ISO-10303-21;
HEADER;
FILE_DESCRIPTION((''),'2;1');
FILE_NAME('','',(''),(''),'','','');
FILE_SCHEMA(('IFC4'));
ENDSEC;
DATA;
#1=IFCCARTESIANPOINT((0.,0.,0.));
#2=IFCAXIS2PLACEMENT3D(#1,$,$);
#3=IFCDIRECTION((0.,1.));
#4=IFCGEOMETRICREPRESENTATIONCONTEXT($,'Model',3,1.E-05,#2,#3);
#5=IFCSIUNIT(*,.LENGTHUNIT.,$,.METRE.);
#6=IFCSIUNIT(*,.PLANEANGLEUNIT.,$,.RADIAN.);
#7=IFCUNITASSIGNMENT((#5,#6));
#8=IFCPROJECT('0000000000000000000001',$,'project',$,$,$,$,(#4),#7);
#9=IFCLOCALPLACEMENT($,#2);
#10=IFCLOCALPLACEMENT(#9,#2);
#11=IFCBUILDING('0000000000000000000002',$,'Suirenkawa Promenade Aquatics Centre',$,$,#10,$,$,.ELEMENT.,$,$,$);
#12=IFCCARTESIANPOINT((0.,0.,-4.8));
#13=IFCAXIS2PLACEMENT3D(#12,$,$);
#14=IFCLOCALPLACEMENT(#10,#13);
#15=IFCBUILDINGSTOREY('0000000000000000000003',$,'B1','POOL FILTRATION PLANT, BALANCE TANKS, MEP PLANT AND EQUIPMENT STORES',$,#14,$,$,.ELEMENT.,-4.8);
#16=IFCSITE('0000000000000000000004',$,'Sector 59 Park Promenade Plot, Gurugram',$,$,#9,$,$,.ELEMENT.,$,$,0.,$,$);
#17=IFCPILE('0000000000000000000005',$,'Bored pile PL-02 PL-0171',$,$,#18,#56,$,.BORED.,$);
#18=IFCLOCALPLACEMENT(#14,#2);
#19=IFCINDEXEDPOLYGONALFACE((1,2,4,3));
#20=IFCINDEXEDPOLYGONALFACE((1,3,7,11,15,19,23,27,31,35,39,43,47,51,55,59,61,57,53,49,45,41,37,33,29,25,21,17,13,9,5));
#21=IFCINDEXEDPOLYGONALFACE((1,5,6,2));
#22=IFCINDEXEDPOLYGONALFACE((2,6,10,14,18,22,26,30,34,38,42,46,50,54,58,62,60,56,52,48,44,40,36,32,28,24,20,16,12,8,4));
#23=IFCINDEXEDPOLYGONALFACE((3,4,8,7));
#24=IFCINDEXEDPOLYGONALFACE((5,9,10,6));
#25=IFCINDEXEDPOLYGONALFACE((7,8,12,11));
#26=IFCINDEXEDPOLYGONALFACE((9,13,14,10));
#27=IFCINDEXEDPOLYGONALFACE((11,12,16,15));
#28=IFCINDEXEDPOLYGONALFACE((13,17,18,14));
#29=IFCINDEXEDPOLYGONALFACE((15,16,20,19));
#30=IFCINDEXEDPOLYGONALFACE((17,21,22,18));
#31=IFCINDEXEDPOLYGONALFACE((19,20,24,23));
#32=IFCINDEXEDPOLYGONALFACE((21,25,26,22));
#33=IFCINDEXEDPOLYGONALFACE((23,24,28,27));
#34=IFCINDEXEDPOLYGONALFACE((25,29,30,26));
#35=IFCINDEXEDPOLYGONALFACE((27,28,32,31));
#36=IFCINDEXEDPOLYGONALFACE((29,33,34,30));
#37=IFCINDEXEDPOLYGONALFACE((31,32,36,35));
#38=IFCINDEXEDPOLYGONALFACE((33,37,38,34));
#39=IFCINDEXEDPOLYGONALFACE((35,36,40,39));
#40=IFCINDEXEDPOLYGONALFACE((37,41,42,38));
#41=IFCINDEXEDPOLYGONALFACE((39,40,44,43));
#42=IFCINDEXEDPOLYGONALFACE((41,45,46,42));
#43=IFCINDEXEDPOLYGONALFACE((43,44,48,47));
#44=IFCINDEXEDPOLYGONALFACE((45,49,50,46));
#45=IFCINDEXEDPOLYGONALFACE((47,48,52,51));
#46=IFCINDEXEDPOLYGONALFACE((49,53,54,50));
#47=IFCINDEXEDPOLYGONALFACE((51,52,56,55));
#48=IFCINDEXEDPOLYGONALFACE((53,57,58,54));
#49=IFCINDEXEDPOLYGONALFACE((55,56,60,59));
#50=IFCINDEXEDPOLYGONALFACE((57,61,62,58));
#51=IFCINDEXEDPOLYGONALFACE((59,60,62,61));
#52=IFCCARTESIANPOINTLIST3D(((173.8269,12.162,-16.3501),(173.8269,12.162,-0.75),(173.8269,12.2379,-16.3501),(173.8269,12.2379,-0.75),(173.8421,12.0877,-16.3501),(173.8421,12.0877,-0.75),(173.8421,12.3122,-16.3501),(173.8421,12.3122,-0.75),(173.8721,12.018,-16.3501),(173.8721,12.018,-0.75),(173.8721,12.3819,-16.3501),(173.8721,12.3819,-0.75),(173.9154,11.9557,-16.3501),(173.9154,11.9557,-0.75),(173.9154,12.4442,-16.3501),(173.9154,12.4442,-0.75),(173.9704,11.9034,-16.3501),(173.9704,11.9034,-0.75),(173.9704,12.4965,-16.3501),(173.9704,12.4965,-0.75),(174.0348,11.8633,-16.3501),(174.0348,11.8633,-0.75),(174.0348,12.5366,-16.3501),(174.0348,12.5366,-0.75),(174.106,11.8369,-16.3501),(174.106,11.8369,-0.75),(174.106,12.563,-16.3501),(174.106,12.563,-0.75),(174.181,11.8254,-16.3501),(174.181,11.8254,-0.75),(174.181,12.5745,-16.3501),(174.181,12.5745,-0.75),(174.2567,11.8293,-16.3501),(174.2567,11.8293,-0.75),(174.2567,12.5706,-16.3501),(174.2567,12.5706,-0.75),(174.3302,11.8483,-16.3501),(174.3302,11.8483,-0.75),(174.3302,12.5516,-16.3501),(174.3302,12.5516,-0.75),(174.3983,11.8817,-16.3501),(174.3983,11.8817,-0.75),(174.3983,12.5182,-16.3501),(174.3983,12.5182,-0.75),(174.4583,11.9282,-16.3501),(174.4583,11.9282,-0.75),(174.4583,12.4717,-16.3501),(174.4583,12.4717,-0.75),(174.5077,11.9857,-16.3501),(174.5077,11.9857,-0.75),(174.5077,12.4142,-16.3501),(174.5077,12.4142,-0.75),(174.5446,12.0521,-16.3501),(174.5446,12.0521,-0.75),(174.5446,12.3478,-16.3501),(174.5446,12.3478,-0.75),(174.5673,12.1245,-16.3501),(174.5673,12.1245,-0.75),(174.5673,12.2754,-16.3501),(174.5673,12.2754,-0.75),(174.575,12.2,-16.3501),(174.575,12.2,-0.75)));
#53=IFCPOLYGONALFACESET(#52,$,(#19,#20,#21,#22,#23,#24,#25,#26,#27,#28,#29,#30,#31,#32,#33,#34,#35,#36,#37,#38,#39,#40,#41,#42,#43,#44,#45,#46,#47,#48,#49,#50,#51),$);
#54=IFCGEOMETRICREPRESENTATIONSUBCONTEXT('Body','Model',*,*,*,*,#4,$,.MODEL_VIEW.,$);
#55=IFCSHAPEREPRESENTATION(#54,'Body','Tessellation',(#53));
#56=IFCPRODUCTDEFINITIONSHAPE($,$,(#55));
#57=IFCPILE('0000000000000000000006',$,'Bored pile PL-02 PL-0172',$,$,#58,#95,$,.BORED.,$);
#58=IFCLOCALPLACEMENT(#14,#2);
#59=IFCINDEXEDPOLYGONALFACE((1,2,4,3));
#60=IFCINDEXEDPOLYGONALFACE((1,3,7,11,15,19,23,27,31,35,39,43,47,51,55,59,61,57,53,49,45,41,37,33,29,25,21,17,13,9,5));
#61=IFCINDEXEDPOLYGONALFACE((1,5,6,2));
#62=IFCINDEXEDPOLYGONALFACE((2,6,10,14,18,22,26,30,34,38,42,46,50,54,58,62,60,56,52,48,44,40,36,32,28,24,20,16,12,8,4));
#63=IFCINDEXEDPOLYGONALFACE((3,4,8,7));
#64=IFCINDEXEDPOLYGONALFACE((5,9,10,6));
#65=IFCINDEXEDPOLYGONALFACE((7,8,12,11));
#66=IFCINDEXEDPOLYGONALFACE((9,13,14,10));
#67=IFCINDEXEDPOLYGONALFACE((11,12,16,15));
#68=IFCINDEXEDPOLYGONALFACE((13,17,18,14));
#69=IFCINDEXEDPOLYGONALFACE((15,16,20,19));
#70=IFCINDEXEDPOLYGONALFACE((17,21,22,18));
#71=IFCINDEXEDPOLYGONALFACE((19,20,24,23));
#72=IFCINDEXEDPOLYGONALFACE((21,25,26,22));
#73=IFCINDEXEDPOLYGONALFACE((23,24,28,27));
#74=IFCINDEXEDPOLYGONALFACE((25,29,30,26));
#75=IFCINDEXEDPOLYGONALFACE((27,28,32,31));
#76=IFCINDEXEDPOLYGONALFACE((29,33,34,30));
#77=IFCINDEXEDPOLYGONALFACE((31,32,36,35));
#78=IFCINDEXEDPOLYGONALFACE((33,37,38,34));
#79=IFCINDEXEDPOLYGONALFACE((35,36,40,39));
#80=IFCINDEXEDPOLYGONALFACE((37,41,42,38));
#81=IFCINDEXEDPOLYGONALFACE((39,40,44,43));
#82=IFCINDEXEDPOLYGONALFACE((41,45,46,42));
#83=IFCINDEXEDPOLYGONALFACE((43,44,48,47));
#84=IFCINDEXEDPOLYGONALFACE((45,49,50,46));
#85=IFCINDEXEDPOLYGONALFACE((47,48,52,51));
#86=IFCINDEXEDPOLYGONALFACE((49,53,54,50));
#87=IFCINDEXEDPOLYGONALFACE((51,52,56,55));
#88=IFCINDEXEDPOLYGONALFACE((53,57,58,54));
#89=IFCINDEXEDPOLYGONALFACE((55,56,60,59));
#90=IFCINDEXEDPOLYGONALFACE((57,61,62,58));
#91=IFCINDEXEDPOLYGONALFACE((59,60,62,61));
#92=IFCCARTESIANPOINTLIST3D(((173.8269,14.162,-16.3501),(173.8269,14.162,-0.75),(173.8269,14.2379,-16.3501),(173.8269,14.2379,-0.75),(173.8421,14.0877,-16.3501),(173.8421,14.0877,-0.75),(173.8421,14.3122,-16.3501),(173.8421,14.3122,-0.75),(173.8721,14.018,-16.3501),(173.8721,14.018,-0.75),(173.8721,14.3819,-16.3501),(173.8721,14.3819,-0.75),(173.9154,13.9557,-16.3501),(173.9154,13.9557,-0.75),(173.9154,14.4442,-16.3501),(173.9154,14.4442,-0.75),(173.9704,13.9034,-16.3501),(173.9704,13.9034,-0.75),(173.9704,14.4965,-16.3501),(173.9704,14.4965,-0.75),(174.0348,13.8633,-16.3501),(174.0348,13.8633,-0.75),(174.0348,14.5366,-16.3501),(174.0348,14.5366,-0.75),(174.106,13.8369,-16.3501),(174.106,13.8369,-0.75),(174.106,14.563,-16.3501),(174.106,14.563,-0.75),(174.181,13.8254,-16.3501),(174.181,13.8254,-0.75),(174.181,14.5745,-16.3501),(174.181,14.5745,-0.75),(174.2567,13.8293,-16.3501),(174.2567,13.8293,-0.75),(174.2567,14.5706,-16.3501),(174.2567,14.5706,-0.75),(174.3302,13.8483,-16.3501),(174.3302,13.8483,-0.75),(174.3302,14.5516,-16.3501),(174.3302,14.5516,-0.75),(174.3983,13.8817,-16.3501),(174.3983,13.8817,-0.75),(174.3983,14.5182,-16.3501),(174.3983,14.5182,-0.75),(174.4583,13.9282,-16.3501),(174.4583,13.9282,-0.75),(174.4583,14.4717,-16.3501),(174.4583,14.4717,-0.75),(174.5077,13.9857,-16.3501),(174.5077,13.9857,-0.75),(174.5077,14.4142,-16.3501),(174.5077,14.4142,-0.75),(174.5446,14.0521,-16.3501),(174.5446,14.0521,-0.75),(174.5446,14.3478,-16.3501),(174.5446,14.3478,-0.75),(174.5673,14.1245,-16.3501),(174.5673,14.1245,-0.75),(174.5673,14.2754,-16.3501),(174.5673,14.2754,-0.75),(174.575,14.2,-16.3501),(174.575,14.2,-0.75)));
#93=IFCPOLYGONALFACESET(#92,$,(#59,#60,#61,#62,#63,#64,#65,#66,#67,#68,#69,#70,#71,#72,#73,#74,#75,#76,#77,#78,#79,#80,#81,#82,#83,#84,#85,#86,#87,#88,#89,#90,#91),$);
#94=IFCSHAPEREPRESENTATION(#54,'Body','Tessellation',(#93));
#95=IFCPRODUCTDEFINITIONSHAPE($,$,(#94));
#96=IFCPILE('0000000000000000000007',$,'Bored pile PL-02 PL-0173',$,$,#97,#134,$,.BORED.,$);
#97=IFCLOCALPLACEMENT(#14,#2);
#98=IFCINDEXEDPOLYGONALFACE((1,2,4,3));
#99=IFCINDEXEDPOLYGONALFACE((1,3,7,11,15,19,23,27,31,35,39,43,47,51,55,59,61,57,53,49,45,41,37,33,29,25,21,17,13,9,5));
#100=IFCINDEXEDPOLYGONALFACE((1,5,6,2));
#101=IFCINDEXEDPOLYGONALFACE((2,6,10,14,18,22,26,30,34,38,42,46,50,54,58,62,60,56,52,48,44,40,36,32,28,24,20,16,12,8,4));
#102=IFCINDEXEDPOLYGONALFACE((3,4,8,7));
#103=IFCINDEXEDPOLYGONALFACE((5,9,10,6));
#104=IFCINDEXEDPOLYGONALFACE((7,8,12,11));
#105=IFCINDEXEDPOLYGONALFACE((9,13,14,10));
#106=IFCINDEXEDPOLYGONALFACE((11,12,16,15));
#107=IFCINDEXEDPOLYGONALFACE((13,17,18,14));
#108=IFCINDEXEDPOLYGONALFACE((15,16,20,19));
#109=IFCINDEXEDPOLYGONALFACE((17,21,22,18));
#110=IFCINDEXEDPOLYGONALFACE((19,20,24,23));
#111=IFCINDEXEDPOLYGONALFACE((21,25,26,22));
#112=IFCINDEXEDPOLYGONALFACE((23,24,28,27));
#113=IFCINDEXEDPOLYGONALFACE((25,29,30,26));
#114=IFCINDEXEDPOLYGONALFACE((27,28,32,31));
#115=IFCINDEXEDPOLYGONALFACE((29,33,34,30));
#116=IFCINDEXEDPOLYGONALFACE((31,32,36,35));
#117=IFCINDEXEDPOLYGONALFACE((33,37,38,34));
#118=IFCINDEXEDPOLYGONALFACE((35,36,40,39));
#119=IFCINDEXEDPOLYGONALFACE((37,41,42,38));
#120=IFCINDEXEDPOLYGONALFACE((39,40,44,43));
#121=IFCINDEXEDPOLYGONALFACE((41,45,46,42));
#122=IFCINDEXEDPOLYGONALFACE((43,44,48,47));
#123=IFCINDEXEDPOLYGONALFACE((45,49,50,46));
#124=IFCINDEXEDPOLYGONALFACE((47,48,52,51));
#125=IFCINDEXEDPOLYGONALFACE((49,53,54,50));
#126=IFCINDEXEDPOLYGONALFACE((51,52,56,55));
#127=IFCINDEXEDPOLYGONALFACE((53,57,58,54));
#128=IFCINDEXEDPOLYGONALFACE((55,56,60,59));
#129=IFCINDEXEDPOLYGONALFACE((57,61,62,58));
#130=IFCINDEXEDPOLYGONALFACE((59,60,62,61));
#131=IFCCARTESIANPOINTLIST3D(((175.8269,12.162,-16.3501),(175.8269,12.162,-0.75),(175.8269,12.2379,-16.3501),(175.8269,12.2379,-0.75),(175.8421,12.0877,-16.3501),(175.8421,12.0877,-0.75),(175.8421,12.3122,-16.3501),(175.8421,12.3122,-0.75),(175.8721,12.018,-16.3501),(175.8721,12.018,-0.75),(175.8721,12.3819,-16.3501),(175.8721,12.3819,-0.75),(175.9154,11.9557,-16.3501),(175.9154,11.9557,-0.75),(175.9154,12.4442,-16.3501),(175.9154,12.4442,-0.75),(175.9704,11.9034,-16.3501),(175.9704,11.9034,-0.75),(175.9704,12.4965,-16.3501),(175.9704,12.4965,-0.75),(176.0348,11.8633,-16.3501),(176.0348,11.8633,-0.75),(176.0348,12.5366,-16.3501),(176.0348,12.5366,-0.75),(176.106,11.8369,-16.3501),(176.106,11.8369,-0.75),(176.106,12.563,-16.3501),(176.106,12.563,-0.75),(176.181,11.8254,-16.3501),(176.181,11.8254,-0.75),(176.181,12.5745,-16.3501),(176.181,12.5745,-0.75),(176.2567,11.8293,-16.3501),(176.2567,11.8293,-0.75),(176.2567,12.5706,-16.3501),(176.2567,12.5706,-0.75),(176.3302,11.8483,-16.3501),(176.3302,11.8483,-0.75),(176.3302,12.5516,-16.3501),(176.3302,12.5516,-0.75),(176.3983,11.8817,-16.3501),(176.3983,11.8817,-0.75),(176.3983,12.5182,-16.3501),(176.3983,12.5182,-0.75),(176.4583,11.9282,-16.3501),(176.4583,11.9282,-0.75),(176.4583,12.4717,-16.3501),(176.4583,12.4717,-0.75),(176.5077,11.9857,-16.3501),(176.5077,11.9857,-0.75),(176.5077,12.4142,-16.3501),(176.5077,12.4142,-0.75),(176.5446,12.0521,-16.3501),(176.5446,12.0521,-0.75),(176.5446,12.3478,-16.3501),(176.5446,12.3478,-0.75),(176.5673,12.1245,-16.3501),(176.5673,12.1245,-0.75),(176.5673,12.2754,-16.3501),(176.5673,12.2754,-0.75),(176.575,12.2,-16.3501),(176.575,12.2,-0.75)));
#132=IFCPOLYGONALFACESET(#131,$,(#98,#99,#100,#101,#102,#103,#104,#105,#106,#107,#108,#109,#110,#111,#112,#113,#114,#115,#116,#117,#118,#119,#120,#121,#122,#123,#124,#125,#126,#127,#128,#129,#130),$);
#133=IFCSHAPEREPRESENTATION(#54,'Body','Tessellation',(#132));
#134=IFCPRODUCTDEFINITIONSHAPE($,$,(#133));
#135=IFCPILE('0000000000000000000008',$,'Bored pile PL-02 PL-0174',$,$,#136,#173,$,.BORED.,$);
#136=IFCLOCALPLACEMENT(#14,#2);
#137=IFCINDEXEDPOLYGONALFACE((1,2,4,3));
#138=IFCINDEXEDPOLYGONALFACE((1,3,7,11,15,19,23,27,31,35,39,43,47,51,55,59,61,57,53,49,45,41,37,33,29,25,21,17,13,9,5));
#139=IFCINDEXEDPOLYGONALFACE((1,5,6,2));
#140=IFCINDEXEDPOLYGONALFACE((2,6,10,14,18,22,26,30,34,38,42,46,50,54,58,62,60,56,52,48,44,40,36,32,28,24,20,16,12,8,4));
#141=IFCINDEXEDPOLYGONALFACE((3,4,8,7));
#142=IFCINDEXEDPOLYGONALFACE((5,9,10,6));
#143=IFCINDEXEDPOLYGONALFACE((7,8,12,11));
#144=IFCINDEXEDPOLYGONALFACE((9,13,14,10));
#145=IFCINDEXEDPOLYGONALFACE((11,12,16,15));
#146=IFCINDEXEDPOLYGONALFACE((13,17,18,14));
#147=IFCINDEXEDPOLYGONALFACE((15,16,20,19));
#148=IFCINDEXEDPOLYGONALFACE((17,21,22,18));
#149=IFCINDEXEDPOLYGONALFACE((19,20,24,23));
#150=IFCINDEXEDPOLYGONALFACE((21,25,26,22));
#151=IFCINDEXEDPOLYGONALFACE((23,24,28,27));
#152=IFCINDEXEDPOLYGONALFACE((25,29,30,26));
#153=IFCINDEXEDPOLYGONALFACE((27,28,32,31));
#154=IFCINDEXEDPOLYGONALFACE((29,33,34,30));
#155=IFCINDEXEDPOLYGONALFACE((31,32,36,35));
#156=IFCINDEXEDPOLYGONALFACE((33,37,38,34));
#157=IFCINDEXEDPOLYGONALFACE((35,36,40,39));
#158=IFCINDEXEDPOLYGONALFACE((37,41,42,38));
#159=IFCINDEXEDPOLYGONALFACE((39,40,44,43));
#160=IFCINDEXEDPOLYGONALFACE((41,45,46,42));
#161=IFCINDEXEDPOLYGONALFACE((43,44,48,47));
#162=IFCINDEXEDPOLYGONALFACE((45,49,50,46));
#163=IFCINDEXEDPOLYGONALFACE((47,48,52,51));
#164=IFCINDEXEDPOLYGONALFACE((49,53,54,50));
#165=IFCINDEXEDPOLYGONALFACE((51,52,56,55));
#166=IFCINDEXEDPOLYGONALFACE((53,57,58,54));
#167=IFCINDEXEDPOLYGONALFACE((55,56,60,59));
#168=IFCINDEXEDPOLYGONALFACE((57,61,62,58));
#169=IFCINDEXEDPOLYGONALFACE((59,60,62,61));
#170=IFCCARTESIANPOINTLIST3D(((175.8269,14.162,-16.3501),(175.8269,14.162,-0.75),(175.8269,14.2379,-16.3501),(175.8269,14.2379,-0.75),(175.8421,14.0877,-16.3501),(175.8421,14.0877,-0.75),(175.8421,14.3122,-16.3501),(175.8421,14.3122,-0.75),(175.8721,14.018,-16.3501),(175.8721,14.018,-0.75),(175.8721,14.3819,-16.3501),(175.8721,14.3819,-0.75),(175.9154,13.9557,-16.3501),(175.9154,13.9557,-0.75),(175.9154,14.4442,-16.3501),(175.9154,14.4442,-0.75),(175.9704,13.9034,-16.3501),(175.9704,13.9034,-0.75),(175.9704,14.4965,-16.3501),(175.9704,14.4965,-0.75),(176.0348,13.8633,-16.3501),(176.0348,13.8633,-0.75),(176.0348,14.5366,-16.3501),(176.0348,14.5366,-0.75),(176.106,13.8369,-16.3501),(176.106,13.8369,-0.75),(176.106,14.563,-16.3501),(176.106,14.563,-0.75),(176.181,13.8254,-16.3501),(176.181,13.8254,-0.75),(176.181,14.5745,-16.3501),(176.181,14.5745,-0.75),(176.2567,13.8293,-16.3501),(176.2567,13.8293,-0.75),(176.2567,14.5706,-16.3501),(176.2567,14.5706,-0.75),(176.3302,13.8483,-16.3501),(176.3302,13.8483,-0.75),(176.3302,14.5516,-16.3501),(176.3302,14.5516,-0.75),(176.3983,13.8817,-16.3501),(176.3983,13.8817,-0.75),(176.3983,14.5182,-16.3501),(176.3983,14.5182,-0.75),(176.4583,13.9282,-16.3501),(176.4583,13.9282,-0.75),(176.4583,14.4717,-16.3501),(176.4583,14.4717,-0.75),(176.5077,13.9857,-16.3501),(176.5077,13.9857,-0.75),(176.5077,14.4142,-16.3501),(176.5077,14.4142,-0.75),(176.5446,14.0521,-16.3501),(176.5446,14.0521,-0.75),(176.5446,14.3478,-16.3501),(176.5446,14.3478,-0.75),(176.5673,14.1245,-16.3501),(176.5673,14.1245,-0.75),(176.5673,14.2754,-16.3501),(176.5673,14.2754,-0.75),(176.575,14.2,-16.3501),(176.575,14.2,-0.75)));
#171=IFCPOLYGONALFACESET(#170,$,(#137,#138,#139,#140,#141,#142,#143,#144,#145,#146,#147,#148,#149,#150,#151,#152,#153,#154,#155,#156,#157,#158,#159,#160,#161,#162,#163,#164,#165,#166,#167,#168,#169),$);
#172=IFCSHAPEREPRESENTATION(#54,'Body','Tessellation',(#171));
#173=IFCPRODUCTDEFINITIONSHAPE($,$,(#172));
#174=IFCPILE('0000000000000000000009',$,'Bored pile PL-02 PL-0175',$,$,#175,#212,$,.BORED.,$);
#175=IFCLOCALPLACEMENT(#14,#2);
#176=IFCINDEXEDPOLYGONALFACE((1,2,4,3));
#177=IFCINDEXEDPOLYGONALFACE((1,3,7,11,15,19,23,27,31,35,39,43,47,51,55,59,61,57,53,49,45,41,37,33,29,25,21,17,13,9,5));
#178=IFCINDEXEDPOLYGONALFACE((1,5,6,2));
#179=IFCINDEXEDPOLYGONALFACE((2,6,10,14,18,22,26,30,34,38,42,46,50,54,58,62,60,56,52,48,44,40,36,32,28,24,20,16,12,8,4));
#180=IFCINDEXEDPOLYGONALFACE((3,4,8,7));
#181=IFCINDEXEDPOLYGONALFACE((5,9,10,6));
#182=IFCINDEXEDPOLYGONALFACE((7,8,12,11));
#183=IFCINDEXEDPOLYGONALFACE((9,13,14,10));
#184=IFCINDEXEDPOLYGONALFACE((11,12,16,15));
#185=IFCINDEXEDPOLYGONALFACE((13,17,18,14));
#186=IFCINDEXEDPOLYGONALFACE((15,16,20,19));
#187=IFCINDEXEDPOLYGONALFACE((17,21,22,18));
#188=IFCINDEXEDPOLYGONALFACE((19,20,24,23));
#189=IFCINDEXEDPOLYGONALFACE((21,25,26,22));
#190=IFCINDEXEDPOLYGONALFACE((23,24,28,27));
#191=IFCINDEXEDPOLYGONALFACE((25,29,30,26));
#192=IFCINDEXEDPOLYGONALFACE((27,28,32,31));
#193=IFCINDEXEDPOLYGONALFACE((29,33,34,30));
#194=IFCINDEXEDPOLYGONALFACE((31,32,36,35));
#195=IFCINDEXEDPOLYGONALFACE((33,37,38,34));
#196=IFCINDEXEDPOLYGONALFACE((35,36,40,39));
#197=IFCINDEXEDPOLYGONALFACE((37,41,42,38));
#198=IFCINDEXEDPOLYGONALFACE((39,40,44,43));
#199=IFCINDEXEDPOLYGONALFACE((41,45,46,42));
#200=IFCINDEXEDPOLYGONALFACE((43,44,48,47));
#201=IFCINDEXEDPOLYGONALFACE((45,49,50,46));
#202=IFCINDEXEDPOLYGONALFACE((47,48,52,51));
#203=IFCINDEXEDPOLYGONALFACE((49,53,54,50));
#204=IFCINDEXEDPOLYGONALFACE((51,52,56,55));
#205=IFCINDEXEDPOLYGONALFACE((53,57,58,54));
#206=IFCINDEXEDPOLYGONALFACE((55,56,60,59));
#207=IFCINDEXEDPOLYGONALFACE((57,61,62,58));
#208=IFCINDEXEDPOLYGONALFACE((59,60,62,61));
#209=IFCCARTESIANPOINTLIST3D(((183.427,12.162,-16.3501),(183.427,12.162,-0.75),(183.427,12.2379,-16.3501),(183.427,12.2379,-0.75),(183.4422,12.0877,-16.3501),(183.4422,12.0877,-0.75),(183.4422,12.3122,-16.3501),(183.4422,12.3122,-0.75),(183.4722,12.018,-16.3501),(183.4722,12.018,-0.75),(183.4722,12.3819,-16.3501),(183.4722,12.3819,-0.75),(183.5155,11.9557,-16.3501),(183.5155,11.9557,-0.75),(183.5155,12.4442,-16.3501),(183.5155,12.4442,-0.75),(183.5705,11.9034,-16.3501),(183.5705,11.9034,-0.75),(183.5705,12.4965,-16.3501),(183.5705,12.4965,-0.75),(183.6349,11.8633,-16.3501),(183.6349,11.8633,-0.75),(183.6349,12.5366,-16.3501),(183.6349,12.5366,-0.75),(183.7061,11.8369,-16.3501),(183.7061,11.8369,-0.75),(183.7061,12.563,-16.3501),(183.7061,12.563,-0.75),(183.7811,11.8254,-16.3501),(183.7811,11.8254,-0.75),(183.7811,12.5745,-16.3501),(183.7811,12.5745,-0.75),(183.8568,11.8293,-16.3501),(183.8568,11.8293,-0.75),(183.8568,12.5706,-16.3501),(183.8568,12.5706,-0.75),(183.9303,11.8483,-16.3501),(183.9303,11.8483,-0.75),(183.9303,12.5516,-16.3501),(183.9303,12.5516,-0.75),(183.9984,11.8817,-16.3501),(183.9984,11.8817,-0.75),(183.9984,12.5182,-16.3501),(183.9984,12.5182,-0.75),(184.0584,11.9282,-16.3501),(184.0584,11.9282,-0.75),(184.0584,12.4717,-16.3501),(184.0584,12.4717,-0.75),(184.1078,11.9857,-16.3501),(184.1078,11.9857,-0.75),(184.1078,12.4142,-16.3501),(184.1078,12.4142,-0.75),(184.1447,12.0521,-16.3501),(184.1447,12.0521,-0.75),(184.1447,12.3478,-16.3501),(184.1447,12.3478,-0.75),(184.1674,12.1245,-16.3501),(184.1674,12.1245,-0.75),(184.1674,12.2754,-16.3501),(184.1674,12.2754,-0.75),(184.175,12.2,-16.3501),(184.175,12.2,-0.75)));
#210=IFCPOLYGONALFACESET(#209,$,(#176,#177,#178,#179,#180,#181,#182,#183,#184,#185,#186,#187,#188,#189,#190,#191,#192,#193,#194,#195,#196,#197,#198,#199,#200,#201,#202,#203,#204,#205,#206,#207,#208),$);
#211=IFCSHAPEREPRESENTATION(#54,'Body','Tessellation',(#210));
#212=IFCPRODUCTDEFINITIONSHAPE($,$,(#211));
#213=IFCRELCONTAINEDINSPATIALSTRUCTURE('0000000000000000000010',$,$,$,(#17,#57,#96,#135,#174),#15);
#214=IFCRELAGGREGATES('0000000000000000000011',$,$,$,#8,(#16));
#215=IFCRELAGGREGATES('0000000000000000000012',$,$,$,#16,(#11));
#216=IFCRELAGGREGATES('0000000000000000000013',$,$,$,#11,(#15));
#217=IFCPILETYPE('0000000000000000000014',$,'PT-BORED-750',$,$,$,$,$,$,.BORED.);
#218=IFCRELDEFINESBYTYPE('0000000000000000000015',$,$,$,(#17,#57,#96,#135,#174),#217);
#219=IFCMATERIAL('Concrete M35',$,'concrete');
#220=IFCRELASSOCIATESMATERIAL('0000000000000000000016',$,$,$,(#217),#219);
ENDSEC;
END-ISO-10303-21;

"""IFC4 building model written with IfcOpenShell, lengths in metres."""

from ifc_helpers import new_model, si_unit, direction, frame, origin, origin_2d, place, context, subcontext, project, spatial, circle, extrude, material, material_profile, profile_set, type_object, element, save


model = new_model("IFC4")

# Units and contexts
model_context = context("Model", 3, precision=1e-05, world=origin(), true_north=direction((0.0, 1.0)))
body_context = subcontext(model_context, "Body", "Model", "MODEL_VIEW")
ifc_project = project(units=[si_unit("LENGTHUNIT", "METRE"), si_unit("PLANEANGLEUNIT", "RADIAN")], contexts=[model_context])

# Site, building, storey
site_placement = place(None, origin())
site = spatial("IfcSite", under=ifc_project, at=site_placement, Name="Sector 59 Park Promenade Plot, Gurugram", CompositionType="ELEMENT", RefElevation=0.0)
building_placement = place(site_placement, origin())
building = spatial("IfcBuilding", under=site, at=building_placement, Name="Suirenkawa Promenade Aquatics Centre", CompositionType="ELEMENT")
storey_placement = place(building_placement, frame((0.0, 0.0, -4.8)))
storey = spatial("IfcBuildingStorey", under=building, at=storey_placement, Name="B1", Description="POOL FILTRATION PLANT, BALANCE TANKS, MEP PLANT AND EQUIPMENT STORES", CompositionType="ELEMENT", Elevation=-4.8)

# Shared definitions
ifc_material_1 = material(Name="Concrete M35", Category="concrete")

# Piles
ifc_material_profile_1 = material_profile(ifc_material_1, circle(Radius=0.375, at=origin_2d()), Name="PILE D750", Category="concrete")
ifc_profile_set_1 = profile_set([ifc_material_profile_1], Name="Concrete M35")
pile_type = type_object("IfcPileType", Name="PT-BORED-750", PredefinedType="BORED", material=ifc_profile_set_1)
for number, where, z_axis, x_axis, name in (
    (1, (174.2, 12.2, -0.75), (0.0, 0.0, -1.0), (1.0, 0.0, 0.0), "Bored pile PL-02 PL-0171"),
    (2, (174.2, 14.2, -0.75), (0.0, 0.0, -1.0), (1.0, 0.0, 0.0), "Bored pile PL-02 PL-0172"),
    (3, (176.2, 12.2, -0.75), (0.0, 0.0, -1.0), (1.0, 0.0, 0.0), "Bored pile PL-02 PL-0173"),
    (4, (176.2, 14.2, -0.75), (0.0, 0.0, -1.0), (1.0, 0.0, 0.0), "Bored pile PL-02 PL-0174"),
    (5, (183.8, 12.2, -0.75), (0.0, 0.0, -1.0), (1.0, 0.0, 0.0), "Bored pile PL-02 PL-0175"),
):
    element("IfcPile", number, at=place(storey_placement, frame(where, z_axis=z_axis, x_axis=x_axis)), inside=storey, type_object=pile_type, Name=name, PredefinedType="BORED", context=body_context, shape_type="SweptSolid", body=[
        extrude(circle(Radius=0.375, at=origin_2d()), origin(), (0.0, 0.0, 1.0), 15.6001),
    ])

save(model, "model.ifc")
